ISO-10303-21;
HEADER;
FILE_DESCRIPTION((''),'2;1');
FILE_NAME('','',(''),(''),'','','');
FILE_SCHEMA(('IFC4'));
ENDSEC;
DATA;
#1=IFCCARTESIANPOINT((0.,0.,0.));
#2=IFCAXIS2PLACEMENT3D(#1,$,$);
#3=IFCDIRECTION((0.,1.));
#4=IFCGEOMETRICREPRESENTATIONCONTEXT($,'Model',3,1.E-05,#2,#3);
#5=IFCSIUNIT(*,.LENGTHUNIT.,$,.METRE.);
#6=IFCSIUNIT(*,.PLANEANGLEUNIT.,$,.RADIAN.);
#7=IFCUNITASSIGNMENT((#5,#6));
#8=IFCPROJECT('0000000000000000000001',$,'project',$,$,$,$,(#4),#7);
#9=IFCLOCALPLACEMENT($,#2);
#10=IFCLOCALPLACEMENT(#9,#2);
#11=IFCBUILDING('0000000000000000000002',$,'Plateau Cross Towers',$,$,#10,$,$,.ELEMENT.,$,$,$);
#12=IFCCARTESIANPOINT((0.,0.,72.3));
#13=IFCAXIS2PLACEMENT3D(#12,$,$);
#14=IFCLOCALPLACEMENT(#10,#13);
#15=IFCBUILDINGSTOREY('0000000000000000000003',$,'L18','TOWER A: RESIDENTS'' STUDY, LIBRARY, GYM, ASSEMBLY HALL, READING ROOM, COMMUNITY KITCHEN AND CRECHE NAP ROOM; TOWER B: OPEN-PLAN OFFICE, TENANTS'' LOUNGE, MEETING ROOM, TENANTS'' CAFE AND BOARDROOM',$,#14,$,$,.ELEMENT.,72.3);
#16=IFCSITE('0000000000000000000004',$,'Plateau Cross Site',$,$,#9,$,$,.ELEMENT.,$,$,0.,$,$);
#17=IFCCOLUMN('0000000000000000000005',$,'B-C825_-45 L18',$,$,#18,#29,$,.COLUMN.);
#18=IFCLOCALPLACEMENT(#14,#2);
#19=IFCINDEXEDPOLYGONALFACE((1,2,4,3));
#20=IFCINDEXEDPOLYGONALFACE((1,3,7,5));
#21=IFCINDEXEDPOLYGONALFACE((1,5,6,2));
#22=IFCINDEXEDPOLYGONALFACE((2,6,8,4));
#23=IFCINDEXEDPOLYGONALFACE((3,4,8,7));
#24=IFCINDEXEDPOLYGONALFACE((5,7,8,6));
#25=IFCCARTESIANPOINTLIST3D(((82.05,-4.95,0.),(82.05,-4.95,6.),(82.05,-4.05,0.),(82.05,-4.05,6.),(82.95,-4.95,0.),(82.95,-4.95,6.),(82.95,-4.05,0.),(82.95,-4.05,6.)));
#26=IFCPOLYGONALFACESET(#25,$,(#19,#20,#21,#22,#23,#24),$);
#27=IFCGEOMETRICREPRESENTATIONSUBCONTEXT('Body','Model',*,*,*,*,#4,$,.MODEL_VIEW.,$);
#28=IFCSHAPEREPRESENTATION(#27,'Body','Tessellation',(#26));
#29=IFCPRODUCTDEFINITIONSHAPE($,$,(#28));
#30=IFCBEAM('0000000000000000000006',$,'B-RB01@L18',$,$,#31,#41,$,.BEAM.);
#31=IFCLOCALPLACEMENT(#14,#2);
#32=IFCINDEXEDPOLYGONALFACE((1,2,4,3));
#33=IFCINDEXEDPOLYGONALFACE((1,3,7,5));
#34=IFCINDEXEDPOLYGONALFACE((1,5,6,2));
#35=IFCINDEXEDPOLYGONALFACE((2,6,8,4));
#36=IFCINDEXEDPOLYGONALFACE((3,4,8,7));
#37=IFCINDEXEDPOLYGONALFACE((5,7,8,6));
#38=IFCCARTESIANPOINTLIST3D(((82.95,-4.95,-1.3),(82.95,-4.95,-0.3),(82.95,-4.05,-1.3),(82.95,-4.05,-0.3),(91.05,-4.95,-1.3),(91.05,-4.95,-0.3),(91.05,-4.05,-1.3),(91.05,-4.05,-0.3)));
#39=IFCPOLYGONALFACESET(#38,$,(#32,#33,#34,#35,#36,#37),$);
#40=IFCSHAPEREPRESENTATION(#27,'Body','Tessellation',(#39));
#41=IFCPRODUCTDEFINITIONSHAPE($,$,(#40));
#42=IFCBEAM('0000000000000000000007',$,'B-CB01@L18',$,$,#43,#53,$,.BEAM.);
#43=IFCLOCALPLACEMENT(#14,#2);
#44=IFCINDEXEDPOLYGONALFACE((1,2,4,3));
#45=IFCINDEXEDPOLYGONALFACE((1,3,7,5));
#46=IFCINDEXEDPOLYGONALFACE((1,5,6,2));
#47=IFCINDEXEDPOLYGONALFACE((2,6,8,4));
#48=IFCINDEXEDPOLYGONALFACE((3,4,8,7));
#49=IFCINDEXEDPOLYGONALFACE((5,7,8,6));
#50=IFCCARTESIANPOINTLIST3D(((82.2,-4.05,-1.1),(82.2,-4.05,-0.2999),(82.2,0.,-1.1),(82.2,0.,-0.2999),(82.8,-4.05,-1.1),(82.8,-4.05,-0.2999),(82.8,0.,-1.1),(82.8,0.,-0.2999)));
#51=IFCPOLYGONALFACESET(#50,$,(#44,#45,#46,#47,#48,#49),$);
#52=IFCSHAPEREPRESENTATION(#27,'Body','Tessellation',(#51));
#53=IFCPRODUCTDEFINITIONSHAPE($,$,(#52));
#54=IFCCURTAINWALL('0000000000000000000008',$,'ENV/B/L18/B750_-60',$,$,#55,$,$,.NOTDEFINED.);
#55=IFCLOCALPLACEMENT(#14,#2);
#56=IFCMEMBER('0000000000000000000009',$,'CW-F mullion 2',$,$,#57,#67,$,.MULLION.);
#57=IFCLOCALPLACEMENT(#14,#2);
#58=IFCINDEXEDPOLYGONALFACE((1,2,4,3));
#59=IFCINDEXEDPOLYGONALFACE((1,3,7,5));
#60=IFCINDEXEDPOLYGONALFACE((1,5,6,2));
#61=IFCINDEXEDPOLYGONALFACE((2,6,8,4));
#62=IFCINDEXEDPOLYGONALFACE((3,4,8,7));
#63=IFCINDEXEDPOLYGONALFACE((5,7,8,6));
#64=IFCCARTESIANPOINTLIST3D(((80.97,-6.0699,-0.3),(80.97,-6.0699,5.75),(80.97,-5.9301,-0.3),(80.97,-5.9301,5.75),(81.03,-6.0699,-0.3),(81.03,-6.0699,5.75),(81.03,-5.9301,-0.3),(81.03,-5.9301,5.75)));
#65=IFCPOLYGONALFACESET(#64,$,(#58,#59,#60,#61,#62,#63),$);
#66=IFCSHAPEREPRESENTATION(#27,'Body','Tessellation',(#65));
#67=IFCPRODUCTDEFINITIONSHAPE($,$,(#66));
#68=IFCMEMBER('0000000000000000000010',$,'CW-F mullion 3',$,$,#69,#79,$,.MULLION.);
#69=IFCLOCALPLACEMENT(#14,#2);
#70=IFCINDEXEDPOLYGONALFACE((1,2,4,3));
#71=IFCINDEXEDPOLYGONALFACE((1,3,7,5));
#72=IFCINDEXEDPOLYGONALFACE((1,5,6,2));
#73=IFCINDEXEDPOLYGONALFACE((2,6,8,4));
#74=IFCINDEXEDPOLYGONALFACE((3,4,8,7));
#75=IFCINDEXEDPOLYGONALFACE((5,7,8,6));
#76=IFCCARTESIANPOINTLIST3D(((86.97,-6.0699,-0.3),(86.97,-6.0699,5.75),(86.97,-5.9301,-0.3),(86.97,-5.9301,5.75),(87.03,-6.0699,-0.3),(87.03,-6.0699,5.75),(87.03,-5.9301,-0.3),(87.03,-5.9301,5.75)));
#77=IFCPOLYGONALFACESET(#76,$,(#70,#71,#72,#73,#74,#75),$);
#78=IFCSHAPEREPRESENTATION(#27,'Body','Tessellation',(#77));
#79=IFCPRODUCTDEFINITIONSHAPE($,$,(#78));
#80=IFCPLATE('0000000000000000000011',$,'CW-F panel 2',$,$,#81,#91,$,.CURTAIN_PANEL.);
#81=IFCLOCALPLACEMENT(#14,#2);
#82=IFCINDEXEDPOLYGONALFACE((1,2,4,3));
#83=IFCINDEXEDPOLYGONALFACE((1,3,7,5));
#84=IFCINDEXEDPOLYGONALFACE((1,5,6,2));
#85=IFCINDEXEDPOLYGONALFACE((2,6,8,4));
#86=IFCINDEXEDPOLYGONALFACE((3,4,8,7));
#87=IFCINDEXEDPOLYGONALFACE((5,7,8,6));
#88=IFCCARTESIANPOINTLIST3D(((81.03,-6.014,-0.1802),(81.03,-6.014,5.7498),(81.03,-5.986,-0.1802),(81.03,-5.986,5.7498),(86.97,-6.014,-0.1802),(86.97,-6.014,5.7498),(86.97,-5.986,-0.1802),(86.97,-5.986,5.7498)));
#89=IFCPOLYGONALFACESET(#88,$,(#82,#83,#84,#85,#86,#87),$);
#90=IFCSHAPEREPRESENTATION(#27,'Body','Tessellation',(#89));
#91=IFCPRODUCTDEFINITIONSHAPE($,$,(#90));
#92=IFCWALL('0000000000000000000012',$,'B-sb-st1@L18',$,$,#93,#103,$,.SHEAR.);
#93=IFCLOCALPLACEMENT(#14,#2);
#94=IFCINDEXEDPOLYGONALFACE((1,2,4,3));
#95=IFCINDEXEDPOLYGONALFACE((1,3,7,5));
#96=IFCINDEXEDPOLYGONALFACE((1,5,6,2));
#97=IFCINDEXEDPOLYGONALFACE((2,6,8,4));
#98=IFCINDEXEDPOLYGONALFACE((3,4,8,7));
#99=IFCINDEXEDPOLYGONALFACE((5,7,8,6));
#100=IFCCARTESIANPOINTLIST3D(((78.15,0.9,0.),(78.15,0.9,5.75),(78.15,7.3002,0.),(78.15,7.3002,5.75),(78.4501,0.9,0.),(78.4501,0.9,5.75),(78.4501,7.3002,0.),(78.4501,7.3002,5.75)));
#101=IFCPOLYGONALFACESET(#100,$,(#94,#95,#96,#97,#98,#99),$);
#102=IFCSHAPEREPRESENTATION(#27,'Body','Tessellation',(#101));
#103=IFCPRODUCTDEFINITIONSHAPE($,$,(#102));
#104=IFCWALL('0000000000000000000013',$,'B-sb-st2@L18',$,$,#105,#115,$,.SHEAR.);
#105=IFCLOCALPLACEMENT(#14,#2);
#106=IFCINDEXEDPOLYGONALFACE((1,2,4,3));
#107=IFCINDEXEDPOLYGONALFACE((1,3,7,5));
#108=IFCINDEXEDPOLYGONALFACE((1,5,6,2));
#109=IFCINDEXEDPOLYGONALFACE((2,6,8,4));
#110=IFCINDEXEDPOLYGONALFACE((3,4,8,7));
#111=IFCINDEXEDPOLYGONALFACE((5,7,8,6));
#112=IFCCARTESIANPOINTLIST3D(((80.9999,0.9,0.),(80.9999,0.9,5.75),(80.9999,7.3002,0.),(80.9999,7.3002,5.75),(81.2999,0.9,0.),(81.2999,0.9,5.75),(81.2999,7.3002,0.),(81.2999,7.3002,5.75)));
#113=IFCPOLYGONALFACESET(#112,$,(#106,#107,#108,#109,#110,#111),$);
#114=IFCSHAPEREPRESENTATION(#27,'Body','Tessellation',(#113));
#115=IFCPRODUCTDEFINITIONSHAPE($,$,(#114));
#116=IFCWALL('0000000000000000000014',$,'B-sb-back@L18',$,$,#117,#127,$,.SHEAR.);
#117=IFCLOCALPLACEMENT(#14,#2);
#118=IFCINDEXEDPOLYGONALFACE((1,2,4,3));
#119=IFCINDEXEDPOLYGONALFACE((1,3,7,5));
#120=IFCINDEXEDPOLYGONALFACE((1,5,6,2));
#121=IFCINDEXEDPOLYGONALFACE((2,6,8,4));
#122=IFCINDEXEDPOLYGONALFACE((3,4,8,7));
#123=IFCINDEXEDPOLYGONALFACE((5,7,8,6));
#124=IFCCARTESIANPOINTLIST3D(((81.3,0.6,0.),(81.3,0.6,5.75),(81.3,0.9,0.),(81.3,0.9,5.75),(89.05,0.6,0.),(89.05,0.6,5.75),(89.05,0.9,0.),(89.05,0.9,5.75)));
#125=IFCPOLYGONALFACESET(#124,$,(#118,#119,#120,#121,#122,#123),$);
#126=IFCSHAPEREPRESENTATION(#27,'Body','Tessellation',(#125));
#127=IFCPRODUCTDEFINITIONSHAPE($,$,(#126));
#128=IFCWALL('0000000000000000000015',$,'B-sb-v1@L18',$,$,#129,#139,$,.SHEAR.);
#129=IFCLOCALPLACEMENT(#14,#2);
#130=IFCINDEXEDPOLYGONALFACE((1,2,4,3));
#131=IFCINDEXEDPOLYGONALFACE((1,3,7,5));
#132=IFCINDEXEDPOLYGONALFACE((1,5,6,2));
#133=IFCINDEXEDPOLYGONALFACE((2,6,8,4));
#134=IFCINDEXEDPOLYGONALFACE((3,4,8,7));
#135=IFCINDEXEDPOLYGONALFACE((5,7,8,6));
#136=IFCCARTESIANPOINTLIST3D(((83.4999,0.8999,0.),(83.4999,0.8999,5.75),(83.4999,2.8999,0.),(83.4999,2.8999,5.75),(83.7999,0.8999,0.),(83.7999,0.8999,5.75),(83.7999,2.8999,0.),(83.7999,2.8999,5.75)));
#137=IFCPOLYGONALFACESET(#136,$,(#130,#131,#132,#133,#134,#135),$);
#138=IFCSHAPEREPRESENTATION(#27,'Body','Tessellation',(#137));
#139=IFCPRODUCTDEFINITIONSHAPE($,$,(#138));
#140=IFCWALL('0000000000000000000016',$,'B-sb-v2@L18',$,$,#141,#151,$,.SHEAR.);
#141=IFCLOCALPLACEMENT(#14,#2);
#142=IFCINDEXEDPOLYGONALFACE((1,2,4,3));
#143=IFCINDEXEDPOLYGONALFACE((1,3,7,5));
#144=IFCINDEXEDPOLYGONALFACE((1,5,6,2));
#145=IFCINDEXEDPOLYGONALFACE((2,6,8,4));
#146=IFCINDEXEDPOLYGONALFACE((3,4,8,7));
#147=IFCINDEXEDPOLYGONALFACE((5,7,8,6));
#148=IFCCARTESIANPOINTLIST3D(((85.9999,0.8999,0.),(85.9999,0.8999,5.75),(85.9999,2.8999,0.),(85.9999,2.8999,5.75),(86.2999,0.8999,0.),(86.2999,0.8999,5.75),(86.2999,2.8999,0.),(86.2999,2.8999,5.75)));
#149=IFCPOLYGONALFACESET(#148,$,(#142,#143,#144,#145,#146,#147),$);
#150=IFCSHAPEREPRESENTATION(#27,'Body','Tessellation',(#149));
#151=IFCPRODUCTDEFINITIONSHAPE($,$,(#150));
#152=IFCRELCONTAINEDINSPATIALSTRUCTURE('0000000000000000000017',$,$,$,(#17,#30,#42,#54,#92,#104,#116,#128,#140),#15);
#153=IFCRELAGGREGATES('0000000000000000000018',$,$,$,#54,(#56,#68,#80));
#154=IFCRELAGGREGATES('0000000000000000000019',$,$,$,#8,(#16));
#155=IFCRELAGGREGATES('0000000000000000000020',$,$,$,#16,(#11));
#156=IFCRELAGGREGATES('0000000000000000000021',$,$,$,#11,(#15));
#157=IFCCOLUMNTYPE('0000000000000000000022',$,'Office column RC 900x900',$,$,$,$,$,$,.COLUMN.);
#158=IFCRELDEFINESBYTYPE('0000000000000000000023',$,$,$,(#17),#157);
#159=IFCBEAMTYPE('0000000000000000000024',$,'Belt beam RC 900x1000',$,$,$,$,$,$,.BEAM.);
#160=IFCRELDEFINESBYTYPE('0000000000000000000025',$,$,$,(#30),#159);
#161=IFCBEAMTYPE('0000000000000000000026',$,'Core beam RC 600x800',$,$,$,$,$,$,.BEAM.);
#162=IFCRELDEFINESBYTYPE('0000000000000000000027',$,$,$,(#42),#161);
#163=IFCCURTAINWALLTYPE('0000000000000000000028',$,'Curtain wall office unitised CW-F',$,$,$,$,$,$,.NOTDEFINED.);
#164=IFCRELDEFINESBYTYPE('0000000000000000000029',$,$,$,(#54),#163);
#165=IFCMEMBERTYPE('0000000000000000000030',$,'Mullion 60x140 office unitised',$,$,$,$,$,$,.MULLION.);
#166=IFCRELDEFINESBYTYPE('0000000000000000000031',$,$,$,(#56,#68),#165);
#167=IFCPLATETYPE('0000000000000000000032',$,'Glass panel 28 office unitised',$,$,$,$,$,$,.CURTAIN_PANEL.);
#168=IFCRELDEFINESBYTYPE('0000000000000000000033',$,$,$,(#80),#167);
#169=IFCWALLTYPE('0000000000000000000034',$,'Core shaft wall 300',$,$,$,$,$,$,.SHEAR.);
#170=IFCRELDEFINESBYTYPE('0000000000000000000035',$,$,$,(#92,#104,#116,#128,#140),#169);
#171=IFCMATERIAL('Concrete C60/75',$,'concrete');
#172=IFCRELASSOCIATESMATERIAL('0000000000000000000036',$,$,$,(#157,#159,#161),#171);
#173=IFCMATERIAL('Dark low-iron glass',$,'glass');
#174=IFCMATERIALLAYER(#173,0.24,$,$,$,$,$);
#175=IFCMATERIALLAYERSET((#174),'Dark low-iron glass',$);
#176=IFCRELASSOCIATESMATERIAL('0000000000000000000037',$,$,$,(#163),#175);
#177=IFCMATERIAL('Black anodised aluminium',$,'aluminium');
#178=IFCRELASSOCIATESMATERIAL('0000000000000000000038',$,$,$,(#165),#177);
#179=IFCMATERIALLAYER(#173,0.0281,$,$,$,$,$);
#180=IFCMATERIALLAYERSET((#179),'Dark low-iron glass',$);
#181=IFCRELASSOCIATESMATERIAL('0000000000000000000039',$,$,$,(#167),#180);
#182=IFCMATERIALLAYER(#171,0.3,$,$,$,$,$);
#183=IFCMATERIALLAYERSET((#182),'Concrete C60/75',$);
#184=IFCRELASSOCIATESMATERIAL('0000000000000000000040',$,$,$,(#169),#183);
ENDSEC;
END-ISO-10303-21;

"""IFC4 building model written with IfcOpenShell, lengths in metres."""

from ifc_helpers import new_model, si_unit, direction, frame, frame_2d, origin, origin_2d, place, context, subcontext, project, spatial, rectangle, extrude, material, layer, layer_set, material_profile, profile_set, type_object, element, aggregate, save


model = new_model("IFC4")

# Units and contexts
model_context = context("Model", 3, precision=1e-05, world=origin(), true_north=direction((0.0, 1.0)))
body_context = subcontext(model_context, "Body", "Model", "MODEL_VIEW")
ifc_project = project(units=[si_unit("LENGTHUNIT", "METRE"), si_unit("PLANEANGLEUNIT", "RADIAN")], contexts=[model_context])

# Site, building, storey
site_placement = place(None, origin())
site = spatial("IfcSite", under=ifc_project, at=site_placement, Name="Plateau Cross Site", CompositionType="ELEMENT", RefElevation=0.0)
building_placement = place(site_placement, origin())
building = spatial("IfcBuilding", under=site, at=building_placement, Name="Plateau Cross Towers", CompositionType="ELEMENT")
storey_placement = place(building_placement, frame((0.0, 0.0, 72.3)))
storey = spatial("IfcBuildingStorey", under=building, at=storey_placement, Name="L18", Description="TOWER A: RESIDENTS' STUDY, LIBRARY, GYM, ASSEMBLY HALL, READING ROOM, COMMUNITY KITCHEN AND CRECHE NAP ROOM; TOWER B: OPEN-PLAN OFFICE, TENANTS' LOUNGE, MEETING ROOM, TENANTS' CAFE AND BOARDROOM", CompositionType="ELEMENT", Elevation=72.3)

# Column
ifc_material_1 = material(Name="Concrete C60/75", Category="concrete")
ifc_material_profile_1 = material_profile(ifc_material_1, rectangle(XDim=0.8999, YDim=0.8999, at=origin_2d()), Name="RC 900x900")
ifc_profile_set_1 = profile_set([ifc_material_profile_1], Name="Concrete C60/75")
column_type = type_object("IfcColumnType", Name="Office column RC 900x900", PredefinedType="COLUMN", material=ifc_profile_set_1)
column_placement = place(storey_placement, frame((82.5, -4.5, 0.0), z_axis=(0.0, 0.0, 1.0), x_axis=(1.0, 0.0, 0.0)))
element("IfcColumn", 1, at=column_placement, inside=storey, type_object=column_type, Name="B-C825_-45 L18", PredefinedType="COLUMN", context=body_context, shape_type="SweptSolid", body=[
    extrude(rectangle(XDim=0.8999, YDim=0.8999, at=origin_2d()), origin(), (0.0, 0.0, 1.0), 6.0),
])

# Beams
ifc_material_profile_2 = material_profile(ifc_material_1, rectangle(XDim=0.8999, YDim=1.0, at=origin_2d()), Name="RC 900x1000")
ifc_profile_set_2 = profile_set([ifc_material_profile_2], Name="Concrete C60/75")
beam_type_1 = type_object("IfcBeamType", Name="Belt beam RC 900x1000", PredefinedType="BEAM", material=ifc_profile_set_2)
beam_1_placement = place(storey_placement, frame((82.95, -4.5, -0.8), z_axis=(1.0, 0.0, 0.0), x_axis=(0.0, 1.0, 0.0)))
element("IfcBeam", 2, at=beam_1_placement, inside=storey, type_object=beam_type_1, Name="B-RB01@L18", PredefinedType="BEAM", context=body_context, shape_type="SweptSolid", body=[
    extrude(rectangle(XDim=0.8999, YDim=1.0, at=origin_2d()), origin(), (0.0, 0.0, 1.0), 8.1001),
])
ifc_material_profile_3 = material_profile(ifc_material_1, rectangle(XDim=0.6001, YDim=0.8, at=origin_2d()), Name="RC 600x800")
ifc_profile_set_3 = profile_set([ifc_material_profile_3], Name="Concrete C60/75")
beam_type_2 = type_object("IfcBeamType", Name="Core beam RC 600x800", PredefinedType="BEAM", material=ifc_profile_set_3)
beam_2_placement = place(storey_placement, frame((82.5, 0.0, -0.7), z_axis=(0.0, -1.0, 0.0), x_axis=(1.0, 0.0, 0.0)))
element("IfcBeam", 3, at=beam_2_placement, inside=storey, type_object=beam_type_2, Name="B-CB01@L18", PredefinedType="BEAM", context=body_context, shape_type="SweptSolid", body=[
    extrude(rectangle(XDim=0.6001, YDim=0.8, at=origin_2d()), origin(), (0.0, 0.0, 1.0), 4.05),
])

# Curtain wall, members, plate
ifc_material_2 = material(Name="Dark low-iron glass", Category="glass")
ifc_layer_1 = layer(ifc_material_2, 0.24)
ifc_layer_set_1 = layer_set([ifc_layer_1], Name="Dark low-iron glass")
curtain_wall_type = type_object("IfcCurtainWallType", Name="Curtain wall office unitised CW-F", PredefinedType="NOTDEFINED", material=ifc_layer_set_1)
curtain_wall_placement = place(storey_placement, origin())
curtain_wall = element("IfcCurtainWall", 4, at=curtain_wall_placement, inside=storey, type_object=curtain_wall_type, Name="ENV/B/L18/B750_-60", PredefinedType="NOTDEFINED")
ifc_material_3 = material(Name="Black anodised aluminium", Category="aluminium")
ifc_material_profile_4 = material_profile(ifc_material_3, rectangle(XDim=0.0601, YDim=0.1399, at=origin_2d()), Name="MULLION 60x140")
ifc_profile_set_4 = profile_set([ifc_material_profile_4], Name="Black anodised aluminium")
member_type = type_object("IfcMemberType", Name="Mullion 60x140 office unitised", PredefinedType="MULLION", material=ifc_profile_set_4)
member_1_placement = place(storey_placement, frame((81.0, -6.0, -0.3), z_axis=(0.0, 0.0, 1.0), x_axis=(1.0, 0.0, 0.0)))
member_1 = element("IfcMember", 5, at=member_1_placement, type_object=member_type, Name="CW-F mullion 2", PredefinedType="MULLION", context=body_context, shape_type="SweptSolid", body=[
    extrude(rectangle(XDim=0.0601, YDim=0.1399, at=origin_2d()), origin(), (0.0, 0.0, 1.0), 6.05),
])
member_2_placement = place(storey_placement, frame((87.0, -6.0, -0.3), z_axis=(0.0, 0.0, 1.0), x_axis=(1.0, 0.0, 0.0)))
member_2 = element("IfcMember", 6, at=member_2_placement, type_object=member_type, Name="CW-F mullion 3", PredefinedType="MULLION", context=body_context, shape_type="SweptSolid", body=[
    extrude(rectangle(XDim=0.0601, YDim=0.1399, at=origin_2d()), origin(), (0.0, 0.0, 1.0), 6.05),
])
ifc_layer_2 = layer(ifc_material_2, 0.0281)
ifc_layer_set_2 = layer_set([ifc_layer_2], Name="Dark low-iron glass")
plate_type = type_object("IfcPlateType", Name="Glass panel 28 office unitised", PredefinedType="CURTAIN_PANEL", material=ifc_layer_set_2)
plate_placement = place(storey_placement, frame((84.0, -6.0, -0.1802), z_axis=(0.0, 0.0, 1.0), x_axis=(1.0, 0.0, 0.0)))
plate = element("IfcPlate", 7, at=plate_placement, type_object=plate_type, Name="CW-F panel 2", PredefinedType="CURTAIN_PANEL", context=body_context, shape_type="SweptSolid", body=[
    extrude(rectangle(XDim=5.9399, YDim=0.0281, at=origin_2d()), origin(), (0.0, 0.0, 1.0), 5.9299),
])
aggregate(curtain_wall, [member_1, member_2, plate])

# Walls
ifc_layer_3 = layer(ifc_material_1, 0.3)
ifc_layer_set_3 = layer_set([ifc_layer_3], Name="Concrete C60/75")
wall_type_1 = type_object("IfcWallType", Name="Core shaft wall 300", PredefinedType="SHEAR", material=ifc_layer_set_3)
for number, where, z_axis, x_axis, name in (
    (8, (78.3, 0.8999, 0.0), (0.0, 0.0, 1.0), (0.0, 1.0, 0.0), "B-sb-st1@L18"),
    (9, (81.1499, 0.8999, 0.0), (0.0, 0.0, 1.0), (0.0, 1.0, 0.0), "B-sb-st2@L18"),
):
    element("IfcWall", number, at=place(storey_placement, frame(where, z_axis=z_axis, x_axis=x_axis)), inside=storey, type_object=wall_type_1, Name=name, PredefinedType="SHEAR", context=body_context, shape_type="SweptSolid", body=[
        extrude(rectangle(XDim=6.4001, YDim=0.3, at=frame_2d((3.2002, 0.0))), origin(), (0.0, 0.0, 1.0), 5.75),
    ])
wall_1_placement = place(storey_placement, frame((81.3, 0.75, 0.0), z_axis=(0.0, 0.0, 1.0), x_axis=(1.0, 0.0, 0.0)))
element("IfcWall", 10, at=wall_1_placement, inside=storey, type_object=wall_type_1, Name="B-sb-back@L18", PredefinedType="SHEAR", context=body_context, shape_type="SweptSolid", body=[
    extrude(rectangle(XDim=7.75, YDim=0.3, at=frame_2d((3.875, 0.0))), origin(), (0.0, 0.0, 1.0), 5.75),
])
for number, where, z_axis, x_axis, name in (
    (11, (83.6499, 0.8999, 0.0), (0.0, 0.0, 1.0), (0.0, 1.0, 0.0), "B-sb-v1@L18"),
    (12, (86.1499, 0.8999, 0.0), (0.0, 0.0, 1.0), (0.0, 1.0, 0.0), "B-sb-v2@L18"),
):
    element("IfcWall", number, at=place(storey_placement, frame(where, z_axis=z_axis, x_axis=x_axis)), inside=storey, type_object=wall_type_1, Name=name, PredefinedType="SHEAR", context=body_context, shape_type="SweptSolid", body=[
        extrude(rectangle(XDim=2.0, YDim=0.3, at=frame_2d((1.0, 0.0))), origin(), (0.0, 0.0, 1.0), 5.75),
    ])

save(model, "model.ifc")
